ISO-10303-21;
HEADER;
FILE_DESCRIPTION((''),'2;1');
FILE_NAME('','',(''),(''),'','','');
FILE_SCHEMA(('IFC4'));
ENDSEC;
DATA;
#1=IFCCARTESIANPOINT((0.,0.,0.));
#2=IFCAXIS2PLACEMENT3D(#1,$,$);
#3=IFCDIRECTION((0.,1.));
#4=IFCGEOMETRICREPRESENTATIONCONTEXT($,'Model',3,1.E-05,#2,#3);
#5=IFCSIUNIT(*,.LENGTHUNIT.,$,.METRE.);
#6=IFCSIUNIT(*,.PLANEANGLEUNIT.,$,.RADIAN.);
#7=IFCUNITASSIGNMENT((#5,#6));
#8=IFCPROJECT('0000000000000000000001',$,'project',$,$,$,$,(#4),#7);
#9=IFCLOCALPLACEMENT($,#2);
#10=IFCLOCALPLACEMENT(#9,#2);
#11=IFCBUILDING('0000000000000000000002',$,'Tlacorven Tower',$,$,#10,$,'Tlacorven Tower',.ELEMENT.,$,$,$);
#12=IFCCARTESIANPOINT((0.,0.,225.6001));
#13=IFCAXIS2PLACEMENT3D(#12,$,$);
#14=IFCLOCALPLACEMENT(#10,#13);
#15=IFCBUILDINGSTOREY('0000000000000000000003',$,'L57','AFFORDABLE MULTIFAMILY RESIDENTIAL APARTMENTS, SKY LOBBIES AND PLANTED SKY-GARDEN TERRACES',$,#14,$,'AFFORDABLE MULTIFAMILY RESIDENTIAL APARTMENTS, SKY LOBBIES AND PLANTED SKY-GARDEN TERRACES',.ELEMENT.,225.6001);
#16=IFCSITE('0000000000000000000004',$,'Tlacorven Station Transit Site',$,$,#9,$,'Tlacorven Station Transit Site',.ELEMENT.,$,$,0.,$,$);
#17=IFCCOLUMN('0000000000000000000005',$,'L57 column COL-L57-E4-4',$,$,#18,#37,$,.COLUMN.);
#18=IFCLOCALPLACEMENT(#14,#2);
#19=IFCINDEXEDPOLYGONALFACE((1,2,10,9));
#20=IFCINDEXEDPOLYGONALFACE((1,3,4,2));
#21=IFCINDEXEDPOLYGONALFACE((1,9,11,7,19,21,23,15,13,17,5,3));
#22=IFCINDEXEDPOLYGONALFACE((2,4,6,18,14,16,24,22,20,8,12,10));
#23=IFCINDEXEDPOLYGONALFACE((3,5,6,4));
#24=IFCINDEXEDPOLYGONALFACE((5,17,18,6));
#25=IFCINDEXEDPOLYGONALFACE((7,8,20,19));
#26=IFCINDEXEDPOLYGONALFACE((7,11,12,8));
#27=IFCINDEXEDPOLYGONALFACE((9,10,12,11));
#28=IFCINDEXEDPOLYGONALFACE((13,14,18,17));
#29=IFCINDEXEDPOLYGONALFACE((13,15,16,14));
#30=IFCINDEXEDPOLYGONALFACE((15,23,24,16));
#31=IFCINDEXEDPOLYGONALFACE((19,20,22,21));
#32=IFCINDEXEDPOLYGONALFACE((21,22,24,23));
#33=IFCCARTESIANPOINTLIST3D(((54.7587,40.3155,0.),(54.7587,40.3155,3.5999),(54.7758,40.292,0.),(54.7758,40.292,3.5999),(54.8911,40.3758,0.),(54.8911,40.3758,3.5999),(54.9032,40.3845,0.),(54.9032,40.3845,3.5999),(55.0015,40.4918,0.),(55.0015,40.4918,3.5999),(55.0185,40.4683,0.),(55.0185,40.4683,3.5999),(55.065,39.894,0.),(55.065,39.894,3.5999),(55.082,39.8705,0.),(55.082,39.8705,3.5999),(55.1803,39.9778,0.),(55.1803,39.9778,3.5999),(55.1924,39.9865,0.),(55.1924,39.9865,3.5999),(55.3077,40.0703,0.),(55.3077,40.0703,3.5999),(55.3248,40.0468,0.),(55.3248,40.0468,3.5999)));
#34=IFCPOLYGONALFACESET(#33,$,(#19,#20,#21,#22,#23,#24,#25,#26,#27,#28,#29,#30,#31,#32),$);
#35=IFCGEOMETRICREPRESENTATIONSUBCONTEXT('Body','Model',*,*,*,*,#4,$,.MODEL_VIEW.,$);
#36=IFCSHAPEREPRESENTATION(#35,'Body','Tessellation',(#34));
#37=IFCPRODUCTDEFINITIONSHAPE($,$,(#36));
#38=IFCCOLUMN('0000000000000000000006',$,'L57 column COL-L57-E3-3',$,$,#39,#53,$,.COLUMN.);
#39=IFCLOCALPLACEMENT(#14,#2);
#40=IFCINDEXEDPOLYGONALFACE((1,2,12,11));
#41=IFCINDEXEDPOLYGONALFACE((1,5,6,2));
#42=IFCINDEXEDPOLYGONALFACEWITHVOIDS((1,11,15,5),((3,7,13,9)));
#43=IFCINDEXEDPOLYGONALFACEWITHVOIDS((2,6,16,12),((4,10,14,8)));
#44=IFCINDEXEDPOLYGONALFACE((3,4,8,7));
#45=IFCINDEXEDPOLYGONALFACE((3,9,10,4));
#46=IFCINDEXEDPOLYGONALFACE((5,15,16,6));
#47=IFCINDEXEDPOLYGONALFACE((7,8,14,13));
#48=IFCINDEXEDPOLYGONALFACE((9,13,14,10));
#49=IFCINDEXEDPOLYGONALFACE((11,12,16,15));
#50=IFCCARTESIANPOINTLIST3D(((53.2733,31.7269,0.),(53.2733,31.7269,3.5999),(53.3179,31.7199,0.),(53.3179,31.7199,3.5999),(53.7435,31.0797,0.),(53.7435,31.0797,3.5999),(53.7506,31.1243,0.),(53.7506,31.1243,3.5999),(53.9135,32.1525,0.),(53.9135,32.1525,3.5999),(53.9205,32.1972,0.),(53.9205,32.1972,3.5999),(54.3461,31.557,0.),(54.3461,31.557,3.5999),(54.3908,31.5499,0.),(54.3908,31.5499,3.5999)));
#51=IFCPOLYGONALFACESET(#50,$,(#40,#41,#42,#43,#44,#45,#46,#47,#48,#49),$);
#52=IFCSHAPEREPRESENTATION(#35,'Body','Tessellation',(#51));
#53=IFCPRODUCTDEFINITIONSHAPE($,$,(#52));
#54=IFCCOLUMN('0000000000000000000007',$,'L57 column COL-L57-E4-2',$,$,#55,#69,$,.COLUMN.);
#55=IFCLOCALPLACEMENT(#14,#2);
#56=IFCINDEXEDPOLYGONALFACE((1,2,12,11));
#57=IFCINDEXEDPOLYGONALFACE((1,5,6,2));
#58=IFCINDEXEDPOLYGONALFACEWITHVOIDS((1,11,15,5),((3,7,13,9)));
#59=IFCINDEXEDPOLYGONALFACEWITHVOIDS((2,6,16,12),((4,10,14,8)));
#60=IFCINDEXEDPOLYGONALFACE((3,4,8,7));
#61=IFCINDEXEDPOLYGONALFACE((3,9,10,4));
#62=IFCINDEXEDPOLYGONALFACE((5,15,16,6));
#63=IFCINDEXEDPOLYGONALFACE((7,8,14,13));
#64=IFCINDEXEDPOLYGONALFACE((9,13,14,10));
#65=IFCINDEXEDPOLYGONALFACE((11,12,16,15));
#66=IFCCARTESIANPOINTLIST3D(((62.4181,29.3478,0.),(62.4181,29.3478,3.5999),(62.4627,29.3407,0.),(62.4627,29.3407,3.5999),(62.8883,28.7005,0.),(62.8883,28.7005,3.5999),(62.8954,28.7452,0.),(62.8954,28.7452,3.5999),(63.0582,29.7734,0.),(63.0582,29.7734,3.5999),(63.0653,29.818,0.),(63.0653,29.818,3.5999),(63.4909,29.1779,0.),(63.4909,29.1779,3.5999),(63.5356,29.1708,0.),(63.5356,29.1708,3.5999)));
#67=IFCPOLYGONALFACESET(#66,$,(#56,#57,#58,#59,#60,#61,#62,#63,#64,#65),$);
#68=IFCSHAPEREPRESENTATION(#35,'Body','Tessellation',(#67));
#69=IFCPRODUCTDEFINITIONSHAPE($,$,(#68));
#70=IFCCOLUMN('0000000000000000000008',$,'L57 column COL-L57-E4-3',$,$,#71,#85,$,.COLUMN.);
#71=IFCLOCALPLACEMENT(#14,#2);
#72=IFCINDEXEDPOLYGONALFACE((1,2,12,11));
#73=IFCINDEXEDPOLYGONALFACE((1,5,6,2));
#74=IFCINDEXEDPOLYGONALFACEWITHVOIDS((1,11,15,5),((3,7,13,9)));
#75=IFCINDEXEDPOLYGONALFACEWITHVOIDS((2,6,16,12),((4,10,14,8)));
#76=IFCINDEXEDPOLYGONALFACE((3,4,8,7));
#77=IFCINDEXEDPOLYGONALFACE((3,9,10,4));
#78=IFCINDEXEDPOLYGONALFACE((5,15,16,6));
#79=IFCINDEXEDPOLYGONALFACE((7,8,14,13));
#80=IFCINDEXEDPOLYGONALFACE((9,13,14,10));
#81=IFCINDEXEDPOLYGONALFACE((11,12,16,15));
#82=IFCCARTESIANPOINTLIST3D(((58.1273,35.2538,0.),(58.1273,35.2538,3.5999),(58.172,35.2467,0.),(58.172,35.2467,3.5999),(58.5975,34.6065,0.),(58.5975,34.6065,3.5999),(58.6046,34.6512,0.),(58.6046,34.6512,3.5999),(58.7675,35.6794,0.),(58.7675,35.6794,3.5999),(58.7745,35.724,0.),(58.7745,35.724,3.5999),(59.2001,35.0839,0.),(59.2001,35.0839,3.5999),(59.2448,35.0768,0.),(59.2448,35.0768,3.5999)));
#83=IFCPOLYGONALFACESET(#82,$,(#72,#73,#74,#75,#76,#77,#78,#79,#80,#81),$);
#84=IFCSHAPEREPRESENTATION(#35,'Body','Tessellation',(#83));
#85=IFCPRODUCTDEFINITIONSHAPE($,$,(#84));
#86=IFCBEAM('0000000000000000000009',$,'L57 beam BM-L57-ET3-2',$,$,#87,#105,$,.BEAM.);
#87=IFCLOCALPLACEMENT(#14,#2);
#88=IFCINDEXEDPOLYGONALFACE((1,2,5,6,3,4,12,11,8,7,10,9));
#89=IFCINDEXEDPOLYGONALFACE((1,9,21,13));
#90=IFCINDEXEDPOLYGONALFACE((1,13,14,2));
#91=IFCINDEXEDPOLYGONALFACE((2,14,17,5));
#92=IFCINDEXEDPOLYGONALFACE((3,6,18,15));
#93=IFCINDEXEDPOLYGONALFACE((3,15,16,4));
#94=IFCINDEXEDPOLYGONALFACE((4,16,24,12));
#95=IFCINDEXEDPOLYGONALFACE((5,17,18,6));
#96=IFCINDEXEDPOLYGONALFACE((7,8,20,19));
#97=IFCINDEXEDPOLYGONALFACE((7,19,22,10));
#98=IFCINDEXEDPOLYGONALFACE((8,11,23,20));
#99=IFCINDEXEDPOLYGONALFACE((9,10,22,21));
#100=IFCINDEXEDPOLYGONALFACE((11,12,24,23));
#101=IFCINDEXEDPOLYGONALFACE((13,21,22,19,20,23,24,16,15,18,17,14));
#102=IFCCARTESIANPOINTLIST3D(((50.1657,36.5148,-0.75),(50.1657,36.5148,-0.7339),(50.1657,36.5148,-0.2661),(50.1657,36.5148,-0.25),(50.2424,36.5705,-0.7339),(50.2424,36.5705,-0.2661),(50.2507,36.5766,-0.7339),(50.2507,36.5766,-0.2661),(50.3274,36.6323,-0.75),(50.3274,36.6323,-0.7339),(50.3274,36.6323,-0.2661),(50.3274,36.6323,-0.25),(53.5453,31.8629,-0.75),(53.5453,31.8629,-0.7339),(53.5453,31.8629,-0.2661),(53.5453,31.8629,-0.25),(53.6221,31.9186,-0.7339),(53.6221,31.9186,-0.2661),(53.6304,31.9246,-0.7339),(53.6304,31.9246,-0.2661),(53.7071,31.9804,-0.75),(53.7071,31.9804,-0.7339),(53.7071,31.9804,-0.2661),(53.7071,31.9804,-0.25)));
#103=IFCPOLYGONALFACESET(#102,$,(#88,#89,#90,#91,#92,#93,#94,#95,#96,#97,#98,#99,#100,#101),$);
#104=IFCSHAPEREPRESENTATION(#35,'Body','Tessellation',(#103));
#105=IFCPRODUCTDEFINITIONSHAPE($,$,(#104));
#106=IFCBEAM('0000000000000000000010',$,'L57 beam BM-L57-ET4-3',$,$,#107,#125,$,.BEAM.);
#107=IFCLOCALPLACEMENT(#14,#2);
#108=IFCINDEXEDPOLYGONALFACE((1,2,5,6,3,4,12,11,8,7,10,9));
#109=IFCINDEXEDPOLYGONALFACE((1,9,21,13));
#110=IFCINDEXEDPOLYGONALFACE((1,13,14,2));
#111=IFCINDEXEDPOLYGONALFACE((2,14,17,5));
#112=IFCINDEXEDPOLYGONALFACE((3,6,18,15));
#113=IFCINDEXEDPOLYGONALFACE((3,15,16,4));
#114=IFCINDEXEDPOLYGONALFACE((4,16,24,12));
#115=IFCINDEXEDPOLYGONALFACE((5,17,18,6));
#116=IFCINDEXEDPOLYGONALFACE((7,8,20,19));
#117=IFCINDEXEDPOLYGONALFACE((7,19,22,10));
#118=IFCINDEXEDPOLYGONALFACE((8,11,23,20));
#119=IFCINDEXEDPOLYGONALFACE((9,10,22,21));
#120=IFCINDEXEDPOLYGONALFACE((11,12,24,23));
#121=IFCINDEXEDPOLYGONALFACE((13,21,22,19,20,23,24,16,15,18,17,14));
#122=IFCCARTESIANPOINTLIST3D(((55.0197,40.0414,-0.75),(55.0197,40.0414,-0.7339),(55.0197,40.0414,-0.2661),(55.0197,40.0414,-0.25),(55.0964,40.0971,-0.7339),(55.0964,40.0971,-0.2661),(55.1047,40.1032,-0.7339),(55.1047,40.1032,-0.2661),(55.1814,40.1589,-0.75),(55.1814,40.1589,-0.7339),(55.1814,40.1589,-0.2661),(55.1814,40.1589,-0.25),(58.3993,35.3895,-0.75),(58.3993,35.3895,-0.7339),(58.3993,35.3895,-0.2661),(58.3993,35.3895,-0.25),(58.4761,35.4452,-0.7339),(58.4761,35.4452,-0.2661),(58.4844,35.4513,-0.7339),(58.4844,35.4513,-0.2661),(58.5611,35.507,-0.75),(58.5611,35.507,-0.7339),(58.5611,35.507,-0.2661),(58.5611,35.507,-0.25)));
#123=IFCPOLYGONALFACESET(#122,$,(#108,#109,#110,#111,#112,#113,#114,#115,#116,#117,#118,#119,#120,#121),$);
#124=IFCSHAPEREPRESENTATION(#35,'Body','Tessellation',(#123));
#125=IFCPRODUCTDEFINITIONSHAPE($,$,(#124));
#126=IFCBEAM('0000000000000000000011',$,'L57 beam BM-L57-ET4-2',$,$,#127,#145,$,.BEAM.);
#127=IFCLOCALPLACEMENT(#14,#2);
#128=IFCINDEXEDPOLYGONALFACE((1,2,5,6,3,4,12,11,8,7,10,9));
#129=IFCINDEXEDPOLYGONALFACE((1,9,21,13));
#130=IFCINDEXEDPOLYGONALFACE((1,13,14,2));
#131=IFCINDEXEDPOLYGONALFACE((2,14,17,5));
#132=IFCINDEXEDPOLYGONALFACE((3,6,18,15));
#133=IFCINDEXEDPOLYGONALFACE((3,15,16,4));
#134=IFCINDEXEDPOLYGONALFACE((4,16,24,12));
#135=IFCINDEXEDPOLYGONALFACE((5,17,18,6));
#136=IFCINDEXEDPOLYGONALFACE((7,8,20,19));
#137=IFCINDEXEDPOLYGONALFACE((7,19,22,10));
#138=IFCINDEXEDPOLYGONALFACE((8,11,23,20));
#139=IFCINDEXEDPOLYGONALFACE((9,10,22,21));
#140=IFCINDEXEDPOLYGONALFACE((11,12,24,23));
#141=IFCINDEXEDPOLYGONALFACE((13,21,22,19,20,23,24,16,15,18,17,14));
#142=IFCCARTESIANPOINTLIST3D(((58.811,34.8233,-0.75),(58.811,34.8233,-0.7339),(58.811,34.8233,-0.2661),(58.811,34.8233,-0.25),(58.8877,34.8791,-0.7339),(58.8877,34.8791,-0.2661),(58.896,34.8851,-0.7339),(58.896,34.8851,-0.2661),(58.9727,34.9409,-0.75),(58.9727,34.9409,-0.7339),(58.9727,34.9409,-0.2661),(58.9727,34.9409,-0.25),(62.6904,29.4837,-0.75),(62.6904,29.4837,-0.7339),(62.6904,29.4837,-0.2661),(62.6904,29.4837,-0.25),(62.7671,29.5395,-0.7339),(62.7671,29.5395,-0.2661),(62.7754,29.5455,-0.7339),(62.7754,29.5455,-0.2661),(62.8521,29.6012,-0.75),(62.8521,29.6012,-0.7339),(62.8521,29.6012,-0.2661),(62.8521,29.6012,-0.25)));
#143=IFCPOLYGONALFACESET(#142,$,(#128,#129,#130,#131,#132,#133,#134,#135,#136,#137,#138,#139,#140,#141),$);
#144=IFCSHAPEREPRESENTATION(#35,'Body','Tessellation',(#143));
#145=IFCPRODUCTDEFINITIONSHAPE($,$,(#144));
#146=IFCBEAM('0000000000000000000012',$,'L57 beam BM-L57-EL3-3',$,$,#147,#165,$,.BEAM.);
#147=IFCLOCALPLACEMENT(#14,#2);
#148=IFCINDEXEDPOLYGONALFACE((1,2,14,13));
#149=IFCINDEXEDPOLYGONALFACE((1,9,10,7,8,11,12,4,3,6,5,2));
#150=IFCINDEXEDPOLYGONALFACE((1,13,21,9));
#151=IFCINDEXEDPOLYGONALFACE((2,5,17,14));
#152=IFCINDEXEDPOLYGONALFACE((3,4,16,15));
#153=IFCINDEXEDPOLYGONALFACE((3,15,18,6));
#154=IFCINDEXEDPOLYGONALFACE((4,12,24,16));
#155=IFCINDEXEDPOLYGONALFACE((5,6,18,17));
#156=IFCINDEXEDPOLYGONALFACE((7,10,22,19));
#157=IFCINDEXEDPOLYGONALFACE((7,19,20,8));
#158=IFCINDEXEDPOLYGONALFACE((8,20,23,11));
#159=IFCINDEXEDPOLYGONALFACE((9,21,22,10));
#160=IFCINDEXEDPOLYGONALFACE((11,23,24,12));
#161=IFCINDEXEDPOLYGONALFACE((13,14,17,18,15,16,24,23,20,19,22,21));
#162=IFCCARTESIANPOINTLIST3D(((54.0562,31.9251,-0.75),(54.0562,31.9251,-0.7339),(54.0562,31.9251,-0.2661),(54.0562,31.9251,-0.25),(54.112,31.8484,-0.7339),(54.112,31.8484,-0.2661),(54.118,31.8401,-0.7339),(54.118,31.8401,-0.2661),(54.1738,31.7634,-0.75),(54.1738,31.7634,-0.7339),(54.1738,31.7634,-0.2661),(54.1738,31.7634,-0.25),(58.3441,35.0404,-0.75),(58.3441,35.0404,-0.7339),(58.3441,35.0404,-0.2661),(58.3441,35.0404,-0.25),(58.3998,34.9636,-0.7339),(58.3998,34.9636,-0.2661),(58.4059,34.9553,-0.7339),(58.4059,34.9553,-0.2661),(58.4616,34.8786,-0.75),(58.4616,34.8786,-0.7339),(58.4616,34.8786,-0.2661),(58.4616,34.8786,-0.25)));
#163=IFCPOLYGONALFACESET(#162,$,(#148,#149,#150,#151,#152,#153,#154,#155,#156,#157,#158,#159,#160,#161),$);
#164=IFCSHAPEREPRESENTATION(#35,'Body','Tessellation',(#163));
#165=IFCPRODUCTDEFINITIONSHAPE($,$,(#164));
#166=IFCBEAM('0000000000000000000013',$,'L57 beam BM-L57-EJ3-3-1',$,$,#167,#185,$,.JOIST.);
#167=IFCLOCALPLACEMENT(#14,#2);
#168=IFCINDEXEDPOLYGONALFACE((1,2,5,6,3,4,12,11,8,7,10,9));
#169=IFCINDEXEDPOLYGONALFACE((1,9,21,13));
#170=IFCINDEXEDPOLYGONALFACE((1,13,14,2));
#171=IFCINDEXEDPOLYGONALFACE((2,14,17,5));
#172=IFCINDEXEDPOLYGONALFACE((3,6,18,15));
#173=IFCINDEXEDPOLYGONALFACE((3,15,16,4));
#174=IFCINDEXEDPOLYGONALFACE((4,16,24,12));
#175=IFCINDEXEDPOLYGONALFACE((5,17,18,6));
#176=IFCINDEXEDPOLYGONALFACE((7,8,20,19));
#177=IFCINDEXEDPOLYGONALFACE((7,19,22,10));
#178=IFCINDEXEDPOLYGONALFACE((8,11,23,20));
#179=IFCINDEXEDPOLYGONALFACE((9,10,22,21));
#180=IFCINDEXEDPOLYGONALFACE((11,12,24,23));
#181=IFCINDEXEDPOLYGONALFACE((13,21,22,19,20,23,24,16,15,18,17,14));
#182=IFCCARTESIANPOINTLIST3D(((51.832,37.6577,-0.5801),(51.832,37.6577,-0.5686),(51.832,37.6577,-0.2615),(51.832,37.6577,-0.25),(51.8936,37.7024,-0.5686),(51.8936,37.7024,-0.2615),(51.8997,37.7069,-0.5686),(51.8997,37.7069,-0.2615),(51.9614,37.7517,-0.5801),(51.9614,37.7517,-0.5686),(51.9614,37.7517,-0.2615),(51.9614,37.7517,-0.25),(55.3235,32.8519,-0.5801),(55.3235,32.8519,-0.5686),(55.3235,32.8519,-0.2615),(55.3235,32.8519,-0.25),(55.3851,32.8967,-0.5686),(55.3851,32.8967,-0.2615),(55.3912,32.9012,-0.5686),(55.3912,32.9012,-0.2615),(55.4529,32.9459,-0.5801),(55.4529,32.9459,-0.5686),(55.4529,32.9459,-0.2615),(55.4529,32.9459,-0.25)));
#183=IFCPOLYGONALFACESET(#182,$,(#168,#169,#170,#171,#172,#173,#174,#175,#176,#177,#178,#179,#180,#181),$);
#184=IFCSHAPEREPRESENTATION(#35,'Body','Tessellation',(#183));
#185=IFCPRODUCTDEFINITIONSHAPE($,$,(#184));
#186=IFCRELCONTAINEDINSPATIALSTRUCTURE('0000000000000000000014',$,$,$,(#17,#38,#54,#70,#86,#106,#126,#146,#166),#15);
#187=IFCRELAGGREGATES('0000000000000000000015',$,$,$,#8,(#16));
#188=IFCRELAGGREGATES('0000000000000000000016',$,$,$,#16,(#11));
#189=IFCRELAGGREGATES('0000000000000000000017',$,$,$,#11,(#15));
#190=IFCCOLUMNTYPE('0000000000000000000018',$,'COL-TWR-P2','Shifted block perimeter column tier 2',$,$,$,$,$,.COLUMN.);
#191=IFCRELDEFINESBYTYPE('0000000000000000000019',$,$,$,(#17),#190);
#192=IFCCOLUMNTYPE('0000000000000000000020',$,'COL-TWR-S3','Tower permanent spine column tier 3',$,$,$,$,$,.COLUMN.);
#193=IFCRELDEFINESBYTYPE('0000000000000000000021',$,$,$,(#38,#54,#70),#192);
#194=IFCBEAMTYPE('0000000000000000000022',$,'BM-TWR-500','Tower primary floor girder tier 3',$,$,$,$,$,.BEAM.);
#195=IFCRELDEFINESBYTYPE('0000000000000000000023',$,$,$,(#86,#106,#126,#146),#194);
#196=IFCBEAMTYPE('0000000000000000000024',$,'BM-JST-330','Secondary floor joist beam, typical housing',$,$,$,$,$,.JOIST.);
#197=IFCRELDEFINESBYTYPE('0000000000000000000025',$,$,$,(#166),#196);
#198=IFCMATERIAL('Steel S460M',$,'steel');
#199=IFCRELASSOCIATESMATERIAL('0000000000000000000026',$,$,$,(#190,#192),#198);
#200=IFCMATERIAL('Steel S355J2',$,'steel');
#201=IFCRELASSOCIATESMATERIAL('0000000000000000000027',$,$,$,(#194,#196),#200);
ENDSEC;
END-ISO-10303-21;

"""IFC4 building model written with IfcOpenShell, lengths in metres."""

from ifc_helpers import new_model, si_unit, direction, frame, origin, origin_2d, place, context, subcontext, project, spatial, hollow_rectangle, i_section, extrude, source, transform, mapped, material, material_profile, profile_set, type_object, element, save


model = new_model("IFC4")

# Units and contexts
model_context = context("Model", 3, precision=1e-05, world=origin(), true_north=direction((0.0, 1.0)))
body_context = subcontext(model_context, "Body", "Model", "MODEL_VIEW")
ifc_project = project(units=[si_unit("LENGTHUNIT", "METRE"), si_unit("PLANEANGLEUNIT", "RADIAN")], contexts=[model_context])

# Site, building, storey
site_placement = place(None, origin())
site = spatial("IfcSite", under=ifc_project, at=site_placement, Name="Tlacorven Station Transit Site", LongName="Tlacorven Station Transit Site", CompositionType="ELEMENT", RefElevation=0.0)
building_placement = place(site_placement, origin())
building = spatial("IfcBuilding", under=site, at=building_placement, Name="Tlacorven Tower", LongName="Tlacorven Tower", CompositionType="ELEMENT")
storey_placement = place(building_placement, frame((0.0, 0.0, 225.6001)))
storey = spatial("IfcBuildingStorey", under=building, at=storey_placement, Name="L57", Description="AFFORDABLE MULTIFAMILY RESIDENTIAL APARTMENTS, SKY LOBBIES AND PLANTED SKY-GARDEN TERRACES", LongName="AFFORDABLE MULTIFAMILY RESIDENTIAL APARTMENTS, SKY LOBBIES AND PLANTED SKY-GARDEN TERRACES", CompositionType="ELEMENT", Elevation=225.6001)

# Columns
ifc_material_1 = material(Name="Steel S460M", Category="steel")
ifc_material_profile_1 = material_profile(ifc_material_1, i_section(OverallWidth=0.3, OverallDepth=0.55, WebThickness=0.0149, FlangeThickness=0.0291, at=origin_2d()), Name="HEB 550")
ifc_profile_set_1 = profile_set([ifc_material_profile_1], Name="Steel S460M")
column_type_1 = type_object("IfcColumnType", Name="COL-TWR-P2", Description="Shifted block perimeter column tier 2", PredefinedType="COLUMN", material=ifc_profile_set_1)
shared_shape_1 = source(origin(), body_context, "Body", "SweptSolid", [
    extrude(i_section(OverallWidth=0.3, OverallDepth=0.55, WebThickness=0.0149, FlangeThickness=0.0291, at=origin_2d()), origin(), (0.0, 0.0, 1.0), 3.5999),
])
column_placement = place(storey_placement, frame((55.0417, 40.1812, 0.0), z_axis=(0.0, 0.0, 1.0), x_axis=(0.809017, 0.587785, 0.0)))
element("IfcColumn", 1, at=column_placement, inside=storey, type_object=column_type_1, Name="L57 column COL-L57-E4-4", PredefinedType="COLUMN", context=body_context, shape_type="MappedRepresentation", body=[
    mapped(shared_shape_1, transform((0.0, 0.0, 0.0), scale=1.0)),
])
ifc_material_profile_2 = material_profile(ifc_material_1, hollow_rectangle(XDim=0.8, YDim=0.8, WallThickness=0.032, at=origin_2d()), Name="BOX 800X800X32")
ifc_profile_set_2 = profile_set([ifc_material_profile_2], Name="Steel S460M")
column_type_2 = type_object("IfcColumnType", Name="COL-TWR-S3", Description="Tower permanent spine column tier 3", PredefinedType="COLUMN", material=ifc_profile_set_2)
shared_shape_2 = source(origin(), body_context, "Body", "SweptSolid", [
    extrude(hollow_rectangle(XDim=0.8, YDim=0.8, WallThickness=0.032, at=origin_2d()), origin(), (0.0, 0.0, 1.0), 3.5999),
])
for number, where, z_axis, x_axis, name in (
    (2, (53.832, 31.6384, 0.0), (0.0, 0.0, 1.0), (0.809017, 0.587785, 0.0), "L57 column COL-L57-E3-3"),
    (3, (62.9768, 29.2593, 0.0), (0.0, 0.0, 1.0), (0.809017, 0.587785, 0.0), "L57 column COL-L57-E4-2"),
    (4, (58.686, 35.1653, 0.0), (0.0, 0.0, 1.0), (0.809017, 0.587785, 0.0), "L57 column COL-L57-E4-3"),
):
    element("IfcColumn", number, at=place(storey_placement, frame(where, z_axis=z_axis, x_axis=x_axis)), inside=storey, type_object=column_type_2, Name=name, PredefinedType="COLUMN", context=body_context, shape_type="MappedRepresentation", body=[
        mapped(shared_shape_2, transform((0.0, 0.0, 0.0), scale=1.0)),
    ])

# Beams
ifc_material_2 = material(Name="Steel S355J2", Category="steel")
ifc_material_profile_3 = material_profile(ifc_material_2, i_section(OverallWidth=0.2, OverallDepth=0.5, WebThickness=0.0103, FlangeThickness=0.0161, at=origin_2d()), Name="IPE 500")
ifc_profile_set_3 = profile_set([ifc_material_profile_3], Name="Steel S355J2")
beam_type_1 = type_object("IfcBeamType", Name="BM-TWR-500", Description="Tower primary floor girder tier 3", PredefinedType="BEAM", material=ifc_profile_set_3)
shared_shape_3 = source(origin(), body_context, "Body", "SweptSolid", [
    extrude(i_section(OverallWidth=0.2, OverallDepth=0.5, WebThickness=0.0103, FlangeThickness=0.0161, at=origin_2d()), origin(), (0.0, 0.0, 1.0), 5.75),
])
for number, where, z_axis, x_axis, name in (
    (5, (53.6262, 31.9216, -0.5), (-0.58777, 0.809028, 0.0), (-0.809028, -0.58777, 0.0), "L57 beam BM-L57-ET3-2"),
    (6, (58.4802, 35.4482, -0.5), (-0.58777, 0.809028, 0.0), (-0.809028, -0.58777, 0.0), "L57 beam BM-L57-ET4-3"),
):
    element("IfcBeam", number, at=place(storey_placement, frame(where, z_axis=z_axis, x_axis=x_axis)), inside=storey, type_object=beam_type_1, Name=name, PredefinedType="BEAM", context=body_context, shape_type="MappedRepresentation", body=[
        mapped(shared_shape_3, transform((0.0, 0.0, 0.0), scale=1.0)),
    ])
shared_shape_4 = source(origin(), body_context, "Body", "SweptSolid", [
    extrude(i_section(OverallWidth=0.2, OverallDepth=0.5, WebThickness=0.0103, FlangeThickness=0.0161, at=origin_2d()), origin(), (0.0, 0.0, 1.0), 6.6001),
])
beam_1_placement = place(storey_placement, frame((62.7712, 29.5425, -0.5), z_axis=(-0.58778, 0.809021, 0.0), x_axis=(-0.809021, -0.58778, 0.0)))
element("IfcBeam", 7, at=beam_1_placement, inside=storey, type_object=beam_type_1, Name="L57 beam BM-L57-ET4-2", PredefinedType="BEAM", context=body_context, shape_type="MappedRepresentation", body=[
    mapped(shared_shape_4, transform((0.0, 0.0, 0.0), scale=1.0)),
])
shared_shape_5 = source(origin(), body_context, "Body", "SweptSolid", [
    extrude(i_section(OverallWidth=0.2, OverallDepth=0.5, WebThickness=0.0103, FlangeThickness=0.0161, at=origin_2d()), origin(), (0.0, 0.0, 1.0), 5.3),
])
beam_2_placement = place(storey_placement, frame((54.115, 31.8442, -0.5), z_axis=(0.809023, 0.587777, 0.0), x_axis=(-0.587777, 0.809023, 0.0)))
element("IfcBeam", 8, at=beam_2_placement, inside=storey, type_object=beam_type_1, Name="L57 beam BM-L57-EL3-3", PredefinedType="BEAM", context=body_context, shape_type="MappedRepresentation", body=[
    mapped(shared_shape_5, transform((0.0, 0.0, 0.0), scale=1.0)),
])
ifc_material_profile_4 = material_profile(ifc_material_2, i_section(OverallWidth=0.1599, OverallDepth=0.3301, WebThickness=0.0076, FlangeThickness=0.0115, at=origin_2d()), Name="IPE 330")
ifc_profile_set_4 = profile_set([ifc_material_profile_4], Name="Steel S355J2")
beam_type_2 = type_object("IfcBeamType", Name="BM-JST-330", Description="Secondary floor joist beam, typical housing", PredefinedType="JOIST", material=ifc_profile_set_4)
shared_shape_6 = source(origin(), body_context, "Body", "SweptSolid", [
    extrude(i_section(OverallWidth=0.1599, OverallDepth=0.3301, WebThickness=0.0076, FlangeThickness=0.0115, at=origin_2d()), origin(), (0.0, 0.0, 1.0), 5.9402),
])
for number, where, z_axis, x_axis, name in (
    (9, (55.3882, 32.8989, -0.415), (-0.587778, 0.809022, 0.0), (-0.809022, -0.587778, 0.0), "L57 beam BM-L57-EJ3-3-1"),
):
    element("IfcBeam", number, at=place(storey_placement, frame(where, z_axis=z_axis, x_axis=x_axis)), inside=storey, type_object=beam_type_2, Name=name, PredefinedType="JOIST", context=body_context, shape_type="MappedRepresentation", body=[
        mapped(shared_shape_6, transform((0.0, 0.0, 0.0), scale=1.0)),
    ])

save(model, "model.ifc")
